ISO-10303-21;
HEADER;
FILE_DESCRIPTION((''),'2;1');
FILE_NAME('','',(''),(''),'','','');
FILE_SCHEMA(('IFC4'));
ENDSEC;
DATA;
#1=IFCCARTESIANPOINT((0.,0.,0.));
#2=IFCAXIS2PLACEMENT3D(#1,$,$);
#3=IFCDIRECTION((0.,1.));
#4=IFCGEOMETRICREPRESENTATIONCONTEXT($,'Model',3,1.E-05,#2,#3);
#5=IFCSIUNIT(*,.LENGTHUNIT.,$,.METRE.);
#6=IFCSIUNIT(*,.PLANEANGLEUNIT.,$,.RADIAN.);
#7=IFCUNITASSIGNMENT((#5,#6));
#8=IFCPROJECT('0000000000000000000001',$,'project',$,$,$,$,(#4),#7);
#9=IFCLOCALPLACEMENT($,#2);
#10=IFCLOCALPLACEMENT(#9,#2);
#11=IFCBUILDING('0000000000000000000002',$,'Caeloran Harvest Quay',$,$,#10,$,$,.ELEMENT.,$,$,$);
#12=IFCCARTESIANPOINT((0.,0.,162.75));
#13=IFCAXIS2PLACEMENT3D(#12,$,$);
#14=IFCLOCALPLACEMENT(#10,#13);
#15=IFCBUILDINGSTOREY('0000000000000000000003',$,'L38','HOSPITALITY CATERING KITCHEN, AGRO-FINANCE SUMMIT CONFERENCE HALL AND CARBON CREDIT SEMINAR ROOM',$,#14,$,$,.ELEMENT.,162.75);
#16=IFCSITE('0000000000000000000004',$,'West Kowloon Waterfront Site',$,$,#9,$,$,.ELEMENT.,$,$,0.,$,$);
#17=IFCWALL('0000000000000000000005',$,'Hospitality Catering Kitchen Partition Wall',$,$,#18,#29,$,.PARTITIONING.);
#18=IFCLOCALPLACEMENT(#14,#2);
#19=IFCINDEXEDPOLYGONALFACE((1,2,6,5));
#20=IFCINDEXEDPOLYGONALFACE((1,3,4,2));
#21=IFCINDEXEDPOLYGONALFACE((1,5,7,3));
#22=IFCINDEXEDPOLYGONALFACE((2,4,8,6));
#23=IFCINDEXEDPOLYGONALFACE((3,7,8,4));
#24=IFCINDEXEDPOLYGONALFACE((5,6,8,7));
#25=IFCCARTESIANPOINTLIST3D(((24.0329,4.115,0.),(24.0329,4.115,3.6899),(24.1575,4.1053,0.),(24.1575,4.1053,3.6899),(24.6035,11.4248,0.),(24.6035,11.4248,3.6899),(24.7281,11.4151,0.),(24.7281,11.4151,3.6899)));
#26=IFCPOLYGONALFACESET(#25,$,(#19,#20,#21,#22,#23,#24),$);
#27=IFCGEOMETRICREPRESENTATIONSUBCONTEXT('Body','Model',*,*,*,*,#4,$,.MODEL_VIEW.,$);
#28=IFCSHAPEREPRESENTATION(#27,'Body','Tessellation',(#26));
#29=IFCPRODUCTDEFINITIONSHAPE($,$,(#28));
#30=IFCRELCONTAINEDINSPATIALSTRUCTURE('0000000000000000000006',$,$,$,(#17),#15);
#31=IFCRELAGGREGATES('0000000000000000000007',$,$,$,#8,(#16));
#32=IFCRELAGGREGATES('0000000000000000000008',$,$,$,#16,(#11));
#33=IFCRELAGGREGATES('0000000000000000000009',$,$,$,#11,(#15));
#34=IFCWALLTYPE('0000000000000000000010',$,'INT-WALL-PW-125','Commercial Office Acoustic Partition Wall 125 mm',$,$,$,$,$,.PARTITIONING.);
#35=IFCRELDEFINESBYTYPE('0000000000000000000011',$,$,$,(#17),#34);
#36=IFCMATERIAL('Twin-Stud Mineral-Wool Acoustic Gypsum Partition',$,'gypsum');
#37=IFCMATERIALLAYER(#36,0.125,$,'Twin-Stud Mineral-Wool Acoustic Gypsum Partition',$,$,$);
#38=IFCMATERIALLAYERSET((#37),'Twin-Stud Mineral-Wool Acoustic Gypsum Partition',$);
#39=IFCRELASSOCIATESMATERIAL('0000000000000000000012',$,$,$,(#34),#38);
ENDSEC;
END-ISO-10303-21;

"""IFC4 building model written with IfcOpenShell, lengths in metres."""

from ifc_helpers import new_model, si_unit, direction, frame, frame_2d, origin, place, context, subcontext, project, spatial, rectangle, extrude, material, layer, layer_set, type_object, element, save


model = new_model("IFC4")

# Units and contexts
model_context = context("Model", 3, precision=1e-05, world=origin(), true_north=direction((0.0, 1.0)))
body_context = subcontext(model_context, "Body", "Model", "MODEL_VIEW")
ifc_project = project(units=[si_unit("LENGTHUNIT", "METRE"), si_unit("PLANEANGLEUNIT", "RADIAN")], contexts=[model_context])

# Site, building, storey
site_placement = place(None, origin())
site = spatial("IfcSite", under=ifc_project, at=site_placement, Name="West Kowloon Waterfront Site", CompositionType="ELEMENT", RefElevation=0.0)
building_placement = place(site_placement, origin())
building = spatial("IfcBuilding", under=site, at=building_placement, Name="Caeloran Harvest Quay", CompositionType="ELEMENT")
storey_placement = place(building_placement, frame((0.0, 0.0, 162.75)))
storey = spatial("IfcBuildingStorey", under=building, at=storey_placement, Name="L38", Description="HOSPITALITY CATERING KITCHEN, AGRO-FINANCE SUMMIT CONFERENCE HALL AND CARBON CREDIT SEMINAR ROOM", CompositionType="ELEMENT", Elevation=162.75)

# Wall
ifc_material_1 = material(Name="Twin-Stud Mineral-Wool Acoustic Gypsum Partition", Category="gypsum")
ifc_layer_1 = layer(ifc_material_1, 0.125, Name="Twin-Stud Mineral-Wool Acoustic Gypsum Partition")
ifc_layer_set_1 = layer_set([ifc_layer_1], Name="Twin-Stud Mineral-Wool Acoustic Gypsum Partition")
wall_type_1 = type_object("IfcWallType", Name="INT-WALL-PW-125", Description="Commercial Office Acoustic Partition Wall 125 mm", PredefinedType="PARTITIONING", material=ifc_layer_set_1)
wall_1_placement = place(storey_placement, frame((24.6658, 11.4199, 0.0), z_axis=(0.0, 0.0, 1.0), x_axis=(-0.077817, -0.996968, 0.0)))
element("IfcWall", 1, at=wall_1_placement, inside=storey, type_object=wall_type_1, Name="Hospitality Catering Kitchen Partition Wall", PredefinedType="PARTITIONING", context=body_context, shape_type="SweptSolid", body=[
    extrude(rectangle(XDim=7.332, YDim=0.125, at=frame_2d((3.666, 0.0))), origin(), (0.0, 0.0, 1.0), 3.6899),
])

save(model, "model.ifc")
